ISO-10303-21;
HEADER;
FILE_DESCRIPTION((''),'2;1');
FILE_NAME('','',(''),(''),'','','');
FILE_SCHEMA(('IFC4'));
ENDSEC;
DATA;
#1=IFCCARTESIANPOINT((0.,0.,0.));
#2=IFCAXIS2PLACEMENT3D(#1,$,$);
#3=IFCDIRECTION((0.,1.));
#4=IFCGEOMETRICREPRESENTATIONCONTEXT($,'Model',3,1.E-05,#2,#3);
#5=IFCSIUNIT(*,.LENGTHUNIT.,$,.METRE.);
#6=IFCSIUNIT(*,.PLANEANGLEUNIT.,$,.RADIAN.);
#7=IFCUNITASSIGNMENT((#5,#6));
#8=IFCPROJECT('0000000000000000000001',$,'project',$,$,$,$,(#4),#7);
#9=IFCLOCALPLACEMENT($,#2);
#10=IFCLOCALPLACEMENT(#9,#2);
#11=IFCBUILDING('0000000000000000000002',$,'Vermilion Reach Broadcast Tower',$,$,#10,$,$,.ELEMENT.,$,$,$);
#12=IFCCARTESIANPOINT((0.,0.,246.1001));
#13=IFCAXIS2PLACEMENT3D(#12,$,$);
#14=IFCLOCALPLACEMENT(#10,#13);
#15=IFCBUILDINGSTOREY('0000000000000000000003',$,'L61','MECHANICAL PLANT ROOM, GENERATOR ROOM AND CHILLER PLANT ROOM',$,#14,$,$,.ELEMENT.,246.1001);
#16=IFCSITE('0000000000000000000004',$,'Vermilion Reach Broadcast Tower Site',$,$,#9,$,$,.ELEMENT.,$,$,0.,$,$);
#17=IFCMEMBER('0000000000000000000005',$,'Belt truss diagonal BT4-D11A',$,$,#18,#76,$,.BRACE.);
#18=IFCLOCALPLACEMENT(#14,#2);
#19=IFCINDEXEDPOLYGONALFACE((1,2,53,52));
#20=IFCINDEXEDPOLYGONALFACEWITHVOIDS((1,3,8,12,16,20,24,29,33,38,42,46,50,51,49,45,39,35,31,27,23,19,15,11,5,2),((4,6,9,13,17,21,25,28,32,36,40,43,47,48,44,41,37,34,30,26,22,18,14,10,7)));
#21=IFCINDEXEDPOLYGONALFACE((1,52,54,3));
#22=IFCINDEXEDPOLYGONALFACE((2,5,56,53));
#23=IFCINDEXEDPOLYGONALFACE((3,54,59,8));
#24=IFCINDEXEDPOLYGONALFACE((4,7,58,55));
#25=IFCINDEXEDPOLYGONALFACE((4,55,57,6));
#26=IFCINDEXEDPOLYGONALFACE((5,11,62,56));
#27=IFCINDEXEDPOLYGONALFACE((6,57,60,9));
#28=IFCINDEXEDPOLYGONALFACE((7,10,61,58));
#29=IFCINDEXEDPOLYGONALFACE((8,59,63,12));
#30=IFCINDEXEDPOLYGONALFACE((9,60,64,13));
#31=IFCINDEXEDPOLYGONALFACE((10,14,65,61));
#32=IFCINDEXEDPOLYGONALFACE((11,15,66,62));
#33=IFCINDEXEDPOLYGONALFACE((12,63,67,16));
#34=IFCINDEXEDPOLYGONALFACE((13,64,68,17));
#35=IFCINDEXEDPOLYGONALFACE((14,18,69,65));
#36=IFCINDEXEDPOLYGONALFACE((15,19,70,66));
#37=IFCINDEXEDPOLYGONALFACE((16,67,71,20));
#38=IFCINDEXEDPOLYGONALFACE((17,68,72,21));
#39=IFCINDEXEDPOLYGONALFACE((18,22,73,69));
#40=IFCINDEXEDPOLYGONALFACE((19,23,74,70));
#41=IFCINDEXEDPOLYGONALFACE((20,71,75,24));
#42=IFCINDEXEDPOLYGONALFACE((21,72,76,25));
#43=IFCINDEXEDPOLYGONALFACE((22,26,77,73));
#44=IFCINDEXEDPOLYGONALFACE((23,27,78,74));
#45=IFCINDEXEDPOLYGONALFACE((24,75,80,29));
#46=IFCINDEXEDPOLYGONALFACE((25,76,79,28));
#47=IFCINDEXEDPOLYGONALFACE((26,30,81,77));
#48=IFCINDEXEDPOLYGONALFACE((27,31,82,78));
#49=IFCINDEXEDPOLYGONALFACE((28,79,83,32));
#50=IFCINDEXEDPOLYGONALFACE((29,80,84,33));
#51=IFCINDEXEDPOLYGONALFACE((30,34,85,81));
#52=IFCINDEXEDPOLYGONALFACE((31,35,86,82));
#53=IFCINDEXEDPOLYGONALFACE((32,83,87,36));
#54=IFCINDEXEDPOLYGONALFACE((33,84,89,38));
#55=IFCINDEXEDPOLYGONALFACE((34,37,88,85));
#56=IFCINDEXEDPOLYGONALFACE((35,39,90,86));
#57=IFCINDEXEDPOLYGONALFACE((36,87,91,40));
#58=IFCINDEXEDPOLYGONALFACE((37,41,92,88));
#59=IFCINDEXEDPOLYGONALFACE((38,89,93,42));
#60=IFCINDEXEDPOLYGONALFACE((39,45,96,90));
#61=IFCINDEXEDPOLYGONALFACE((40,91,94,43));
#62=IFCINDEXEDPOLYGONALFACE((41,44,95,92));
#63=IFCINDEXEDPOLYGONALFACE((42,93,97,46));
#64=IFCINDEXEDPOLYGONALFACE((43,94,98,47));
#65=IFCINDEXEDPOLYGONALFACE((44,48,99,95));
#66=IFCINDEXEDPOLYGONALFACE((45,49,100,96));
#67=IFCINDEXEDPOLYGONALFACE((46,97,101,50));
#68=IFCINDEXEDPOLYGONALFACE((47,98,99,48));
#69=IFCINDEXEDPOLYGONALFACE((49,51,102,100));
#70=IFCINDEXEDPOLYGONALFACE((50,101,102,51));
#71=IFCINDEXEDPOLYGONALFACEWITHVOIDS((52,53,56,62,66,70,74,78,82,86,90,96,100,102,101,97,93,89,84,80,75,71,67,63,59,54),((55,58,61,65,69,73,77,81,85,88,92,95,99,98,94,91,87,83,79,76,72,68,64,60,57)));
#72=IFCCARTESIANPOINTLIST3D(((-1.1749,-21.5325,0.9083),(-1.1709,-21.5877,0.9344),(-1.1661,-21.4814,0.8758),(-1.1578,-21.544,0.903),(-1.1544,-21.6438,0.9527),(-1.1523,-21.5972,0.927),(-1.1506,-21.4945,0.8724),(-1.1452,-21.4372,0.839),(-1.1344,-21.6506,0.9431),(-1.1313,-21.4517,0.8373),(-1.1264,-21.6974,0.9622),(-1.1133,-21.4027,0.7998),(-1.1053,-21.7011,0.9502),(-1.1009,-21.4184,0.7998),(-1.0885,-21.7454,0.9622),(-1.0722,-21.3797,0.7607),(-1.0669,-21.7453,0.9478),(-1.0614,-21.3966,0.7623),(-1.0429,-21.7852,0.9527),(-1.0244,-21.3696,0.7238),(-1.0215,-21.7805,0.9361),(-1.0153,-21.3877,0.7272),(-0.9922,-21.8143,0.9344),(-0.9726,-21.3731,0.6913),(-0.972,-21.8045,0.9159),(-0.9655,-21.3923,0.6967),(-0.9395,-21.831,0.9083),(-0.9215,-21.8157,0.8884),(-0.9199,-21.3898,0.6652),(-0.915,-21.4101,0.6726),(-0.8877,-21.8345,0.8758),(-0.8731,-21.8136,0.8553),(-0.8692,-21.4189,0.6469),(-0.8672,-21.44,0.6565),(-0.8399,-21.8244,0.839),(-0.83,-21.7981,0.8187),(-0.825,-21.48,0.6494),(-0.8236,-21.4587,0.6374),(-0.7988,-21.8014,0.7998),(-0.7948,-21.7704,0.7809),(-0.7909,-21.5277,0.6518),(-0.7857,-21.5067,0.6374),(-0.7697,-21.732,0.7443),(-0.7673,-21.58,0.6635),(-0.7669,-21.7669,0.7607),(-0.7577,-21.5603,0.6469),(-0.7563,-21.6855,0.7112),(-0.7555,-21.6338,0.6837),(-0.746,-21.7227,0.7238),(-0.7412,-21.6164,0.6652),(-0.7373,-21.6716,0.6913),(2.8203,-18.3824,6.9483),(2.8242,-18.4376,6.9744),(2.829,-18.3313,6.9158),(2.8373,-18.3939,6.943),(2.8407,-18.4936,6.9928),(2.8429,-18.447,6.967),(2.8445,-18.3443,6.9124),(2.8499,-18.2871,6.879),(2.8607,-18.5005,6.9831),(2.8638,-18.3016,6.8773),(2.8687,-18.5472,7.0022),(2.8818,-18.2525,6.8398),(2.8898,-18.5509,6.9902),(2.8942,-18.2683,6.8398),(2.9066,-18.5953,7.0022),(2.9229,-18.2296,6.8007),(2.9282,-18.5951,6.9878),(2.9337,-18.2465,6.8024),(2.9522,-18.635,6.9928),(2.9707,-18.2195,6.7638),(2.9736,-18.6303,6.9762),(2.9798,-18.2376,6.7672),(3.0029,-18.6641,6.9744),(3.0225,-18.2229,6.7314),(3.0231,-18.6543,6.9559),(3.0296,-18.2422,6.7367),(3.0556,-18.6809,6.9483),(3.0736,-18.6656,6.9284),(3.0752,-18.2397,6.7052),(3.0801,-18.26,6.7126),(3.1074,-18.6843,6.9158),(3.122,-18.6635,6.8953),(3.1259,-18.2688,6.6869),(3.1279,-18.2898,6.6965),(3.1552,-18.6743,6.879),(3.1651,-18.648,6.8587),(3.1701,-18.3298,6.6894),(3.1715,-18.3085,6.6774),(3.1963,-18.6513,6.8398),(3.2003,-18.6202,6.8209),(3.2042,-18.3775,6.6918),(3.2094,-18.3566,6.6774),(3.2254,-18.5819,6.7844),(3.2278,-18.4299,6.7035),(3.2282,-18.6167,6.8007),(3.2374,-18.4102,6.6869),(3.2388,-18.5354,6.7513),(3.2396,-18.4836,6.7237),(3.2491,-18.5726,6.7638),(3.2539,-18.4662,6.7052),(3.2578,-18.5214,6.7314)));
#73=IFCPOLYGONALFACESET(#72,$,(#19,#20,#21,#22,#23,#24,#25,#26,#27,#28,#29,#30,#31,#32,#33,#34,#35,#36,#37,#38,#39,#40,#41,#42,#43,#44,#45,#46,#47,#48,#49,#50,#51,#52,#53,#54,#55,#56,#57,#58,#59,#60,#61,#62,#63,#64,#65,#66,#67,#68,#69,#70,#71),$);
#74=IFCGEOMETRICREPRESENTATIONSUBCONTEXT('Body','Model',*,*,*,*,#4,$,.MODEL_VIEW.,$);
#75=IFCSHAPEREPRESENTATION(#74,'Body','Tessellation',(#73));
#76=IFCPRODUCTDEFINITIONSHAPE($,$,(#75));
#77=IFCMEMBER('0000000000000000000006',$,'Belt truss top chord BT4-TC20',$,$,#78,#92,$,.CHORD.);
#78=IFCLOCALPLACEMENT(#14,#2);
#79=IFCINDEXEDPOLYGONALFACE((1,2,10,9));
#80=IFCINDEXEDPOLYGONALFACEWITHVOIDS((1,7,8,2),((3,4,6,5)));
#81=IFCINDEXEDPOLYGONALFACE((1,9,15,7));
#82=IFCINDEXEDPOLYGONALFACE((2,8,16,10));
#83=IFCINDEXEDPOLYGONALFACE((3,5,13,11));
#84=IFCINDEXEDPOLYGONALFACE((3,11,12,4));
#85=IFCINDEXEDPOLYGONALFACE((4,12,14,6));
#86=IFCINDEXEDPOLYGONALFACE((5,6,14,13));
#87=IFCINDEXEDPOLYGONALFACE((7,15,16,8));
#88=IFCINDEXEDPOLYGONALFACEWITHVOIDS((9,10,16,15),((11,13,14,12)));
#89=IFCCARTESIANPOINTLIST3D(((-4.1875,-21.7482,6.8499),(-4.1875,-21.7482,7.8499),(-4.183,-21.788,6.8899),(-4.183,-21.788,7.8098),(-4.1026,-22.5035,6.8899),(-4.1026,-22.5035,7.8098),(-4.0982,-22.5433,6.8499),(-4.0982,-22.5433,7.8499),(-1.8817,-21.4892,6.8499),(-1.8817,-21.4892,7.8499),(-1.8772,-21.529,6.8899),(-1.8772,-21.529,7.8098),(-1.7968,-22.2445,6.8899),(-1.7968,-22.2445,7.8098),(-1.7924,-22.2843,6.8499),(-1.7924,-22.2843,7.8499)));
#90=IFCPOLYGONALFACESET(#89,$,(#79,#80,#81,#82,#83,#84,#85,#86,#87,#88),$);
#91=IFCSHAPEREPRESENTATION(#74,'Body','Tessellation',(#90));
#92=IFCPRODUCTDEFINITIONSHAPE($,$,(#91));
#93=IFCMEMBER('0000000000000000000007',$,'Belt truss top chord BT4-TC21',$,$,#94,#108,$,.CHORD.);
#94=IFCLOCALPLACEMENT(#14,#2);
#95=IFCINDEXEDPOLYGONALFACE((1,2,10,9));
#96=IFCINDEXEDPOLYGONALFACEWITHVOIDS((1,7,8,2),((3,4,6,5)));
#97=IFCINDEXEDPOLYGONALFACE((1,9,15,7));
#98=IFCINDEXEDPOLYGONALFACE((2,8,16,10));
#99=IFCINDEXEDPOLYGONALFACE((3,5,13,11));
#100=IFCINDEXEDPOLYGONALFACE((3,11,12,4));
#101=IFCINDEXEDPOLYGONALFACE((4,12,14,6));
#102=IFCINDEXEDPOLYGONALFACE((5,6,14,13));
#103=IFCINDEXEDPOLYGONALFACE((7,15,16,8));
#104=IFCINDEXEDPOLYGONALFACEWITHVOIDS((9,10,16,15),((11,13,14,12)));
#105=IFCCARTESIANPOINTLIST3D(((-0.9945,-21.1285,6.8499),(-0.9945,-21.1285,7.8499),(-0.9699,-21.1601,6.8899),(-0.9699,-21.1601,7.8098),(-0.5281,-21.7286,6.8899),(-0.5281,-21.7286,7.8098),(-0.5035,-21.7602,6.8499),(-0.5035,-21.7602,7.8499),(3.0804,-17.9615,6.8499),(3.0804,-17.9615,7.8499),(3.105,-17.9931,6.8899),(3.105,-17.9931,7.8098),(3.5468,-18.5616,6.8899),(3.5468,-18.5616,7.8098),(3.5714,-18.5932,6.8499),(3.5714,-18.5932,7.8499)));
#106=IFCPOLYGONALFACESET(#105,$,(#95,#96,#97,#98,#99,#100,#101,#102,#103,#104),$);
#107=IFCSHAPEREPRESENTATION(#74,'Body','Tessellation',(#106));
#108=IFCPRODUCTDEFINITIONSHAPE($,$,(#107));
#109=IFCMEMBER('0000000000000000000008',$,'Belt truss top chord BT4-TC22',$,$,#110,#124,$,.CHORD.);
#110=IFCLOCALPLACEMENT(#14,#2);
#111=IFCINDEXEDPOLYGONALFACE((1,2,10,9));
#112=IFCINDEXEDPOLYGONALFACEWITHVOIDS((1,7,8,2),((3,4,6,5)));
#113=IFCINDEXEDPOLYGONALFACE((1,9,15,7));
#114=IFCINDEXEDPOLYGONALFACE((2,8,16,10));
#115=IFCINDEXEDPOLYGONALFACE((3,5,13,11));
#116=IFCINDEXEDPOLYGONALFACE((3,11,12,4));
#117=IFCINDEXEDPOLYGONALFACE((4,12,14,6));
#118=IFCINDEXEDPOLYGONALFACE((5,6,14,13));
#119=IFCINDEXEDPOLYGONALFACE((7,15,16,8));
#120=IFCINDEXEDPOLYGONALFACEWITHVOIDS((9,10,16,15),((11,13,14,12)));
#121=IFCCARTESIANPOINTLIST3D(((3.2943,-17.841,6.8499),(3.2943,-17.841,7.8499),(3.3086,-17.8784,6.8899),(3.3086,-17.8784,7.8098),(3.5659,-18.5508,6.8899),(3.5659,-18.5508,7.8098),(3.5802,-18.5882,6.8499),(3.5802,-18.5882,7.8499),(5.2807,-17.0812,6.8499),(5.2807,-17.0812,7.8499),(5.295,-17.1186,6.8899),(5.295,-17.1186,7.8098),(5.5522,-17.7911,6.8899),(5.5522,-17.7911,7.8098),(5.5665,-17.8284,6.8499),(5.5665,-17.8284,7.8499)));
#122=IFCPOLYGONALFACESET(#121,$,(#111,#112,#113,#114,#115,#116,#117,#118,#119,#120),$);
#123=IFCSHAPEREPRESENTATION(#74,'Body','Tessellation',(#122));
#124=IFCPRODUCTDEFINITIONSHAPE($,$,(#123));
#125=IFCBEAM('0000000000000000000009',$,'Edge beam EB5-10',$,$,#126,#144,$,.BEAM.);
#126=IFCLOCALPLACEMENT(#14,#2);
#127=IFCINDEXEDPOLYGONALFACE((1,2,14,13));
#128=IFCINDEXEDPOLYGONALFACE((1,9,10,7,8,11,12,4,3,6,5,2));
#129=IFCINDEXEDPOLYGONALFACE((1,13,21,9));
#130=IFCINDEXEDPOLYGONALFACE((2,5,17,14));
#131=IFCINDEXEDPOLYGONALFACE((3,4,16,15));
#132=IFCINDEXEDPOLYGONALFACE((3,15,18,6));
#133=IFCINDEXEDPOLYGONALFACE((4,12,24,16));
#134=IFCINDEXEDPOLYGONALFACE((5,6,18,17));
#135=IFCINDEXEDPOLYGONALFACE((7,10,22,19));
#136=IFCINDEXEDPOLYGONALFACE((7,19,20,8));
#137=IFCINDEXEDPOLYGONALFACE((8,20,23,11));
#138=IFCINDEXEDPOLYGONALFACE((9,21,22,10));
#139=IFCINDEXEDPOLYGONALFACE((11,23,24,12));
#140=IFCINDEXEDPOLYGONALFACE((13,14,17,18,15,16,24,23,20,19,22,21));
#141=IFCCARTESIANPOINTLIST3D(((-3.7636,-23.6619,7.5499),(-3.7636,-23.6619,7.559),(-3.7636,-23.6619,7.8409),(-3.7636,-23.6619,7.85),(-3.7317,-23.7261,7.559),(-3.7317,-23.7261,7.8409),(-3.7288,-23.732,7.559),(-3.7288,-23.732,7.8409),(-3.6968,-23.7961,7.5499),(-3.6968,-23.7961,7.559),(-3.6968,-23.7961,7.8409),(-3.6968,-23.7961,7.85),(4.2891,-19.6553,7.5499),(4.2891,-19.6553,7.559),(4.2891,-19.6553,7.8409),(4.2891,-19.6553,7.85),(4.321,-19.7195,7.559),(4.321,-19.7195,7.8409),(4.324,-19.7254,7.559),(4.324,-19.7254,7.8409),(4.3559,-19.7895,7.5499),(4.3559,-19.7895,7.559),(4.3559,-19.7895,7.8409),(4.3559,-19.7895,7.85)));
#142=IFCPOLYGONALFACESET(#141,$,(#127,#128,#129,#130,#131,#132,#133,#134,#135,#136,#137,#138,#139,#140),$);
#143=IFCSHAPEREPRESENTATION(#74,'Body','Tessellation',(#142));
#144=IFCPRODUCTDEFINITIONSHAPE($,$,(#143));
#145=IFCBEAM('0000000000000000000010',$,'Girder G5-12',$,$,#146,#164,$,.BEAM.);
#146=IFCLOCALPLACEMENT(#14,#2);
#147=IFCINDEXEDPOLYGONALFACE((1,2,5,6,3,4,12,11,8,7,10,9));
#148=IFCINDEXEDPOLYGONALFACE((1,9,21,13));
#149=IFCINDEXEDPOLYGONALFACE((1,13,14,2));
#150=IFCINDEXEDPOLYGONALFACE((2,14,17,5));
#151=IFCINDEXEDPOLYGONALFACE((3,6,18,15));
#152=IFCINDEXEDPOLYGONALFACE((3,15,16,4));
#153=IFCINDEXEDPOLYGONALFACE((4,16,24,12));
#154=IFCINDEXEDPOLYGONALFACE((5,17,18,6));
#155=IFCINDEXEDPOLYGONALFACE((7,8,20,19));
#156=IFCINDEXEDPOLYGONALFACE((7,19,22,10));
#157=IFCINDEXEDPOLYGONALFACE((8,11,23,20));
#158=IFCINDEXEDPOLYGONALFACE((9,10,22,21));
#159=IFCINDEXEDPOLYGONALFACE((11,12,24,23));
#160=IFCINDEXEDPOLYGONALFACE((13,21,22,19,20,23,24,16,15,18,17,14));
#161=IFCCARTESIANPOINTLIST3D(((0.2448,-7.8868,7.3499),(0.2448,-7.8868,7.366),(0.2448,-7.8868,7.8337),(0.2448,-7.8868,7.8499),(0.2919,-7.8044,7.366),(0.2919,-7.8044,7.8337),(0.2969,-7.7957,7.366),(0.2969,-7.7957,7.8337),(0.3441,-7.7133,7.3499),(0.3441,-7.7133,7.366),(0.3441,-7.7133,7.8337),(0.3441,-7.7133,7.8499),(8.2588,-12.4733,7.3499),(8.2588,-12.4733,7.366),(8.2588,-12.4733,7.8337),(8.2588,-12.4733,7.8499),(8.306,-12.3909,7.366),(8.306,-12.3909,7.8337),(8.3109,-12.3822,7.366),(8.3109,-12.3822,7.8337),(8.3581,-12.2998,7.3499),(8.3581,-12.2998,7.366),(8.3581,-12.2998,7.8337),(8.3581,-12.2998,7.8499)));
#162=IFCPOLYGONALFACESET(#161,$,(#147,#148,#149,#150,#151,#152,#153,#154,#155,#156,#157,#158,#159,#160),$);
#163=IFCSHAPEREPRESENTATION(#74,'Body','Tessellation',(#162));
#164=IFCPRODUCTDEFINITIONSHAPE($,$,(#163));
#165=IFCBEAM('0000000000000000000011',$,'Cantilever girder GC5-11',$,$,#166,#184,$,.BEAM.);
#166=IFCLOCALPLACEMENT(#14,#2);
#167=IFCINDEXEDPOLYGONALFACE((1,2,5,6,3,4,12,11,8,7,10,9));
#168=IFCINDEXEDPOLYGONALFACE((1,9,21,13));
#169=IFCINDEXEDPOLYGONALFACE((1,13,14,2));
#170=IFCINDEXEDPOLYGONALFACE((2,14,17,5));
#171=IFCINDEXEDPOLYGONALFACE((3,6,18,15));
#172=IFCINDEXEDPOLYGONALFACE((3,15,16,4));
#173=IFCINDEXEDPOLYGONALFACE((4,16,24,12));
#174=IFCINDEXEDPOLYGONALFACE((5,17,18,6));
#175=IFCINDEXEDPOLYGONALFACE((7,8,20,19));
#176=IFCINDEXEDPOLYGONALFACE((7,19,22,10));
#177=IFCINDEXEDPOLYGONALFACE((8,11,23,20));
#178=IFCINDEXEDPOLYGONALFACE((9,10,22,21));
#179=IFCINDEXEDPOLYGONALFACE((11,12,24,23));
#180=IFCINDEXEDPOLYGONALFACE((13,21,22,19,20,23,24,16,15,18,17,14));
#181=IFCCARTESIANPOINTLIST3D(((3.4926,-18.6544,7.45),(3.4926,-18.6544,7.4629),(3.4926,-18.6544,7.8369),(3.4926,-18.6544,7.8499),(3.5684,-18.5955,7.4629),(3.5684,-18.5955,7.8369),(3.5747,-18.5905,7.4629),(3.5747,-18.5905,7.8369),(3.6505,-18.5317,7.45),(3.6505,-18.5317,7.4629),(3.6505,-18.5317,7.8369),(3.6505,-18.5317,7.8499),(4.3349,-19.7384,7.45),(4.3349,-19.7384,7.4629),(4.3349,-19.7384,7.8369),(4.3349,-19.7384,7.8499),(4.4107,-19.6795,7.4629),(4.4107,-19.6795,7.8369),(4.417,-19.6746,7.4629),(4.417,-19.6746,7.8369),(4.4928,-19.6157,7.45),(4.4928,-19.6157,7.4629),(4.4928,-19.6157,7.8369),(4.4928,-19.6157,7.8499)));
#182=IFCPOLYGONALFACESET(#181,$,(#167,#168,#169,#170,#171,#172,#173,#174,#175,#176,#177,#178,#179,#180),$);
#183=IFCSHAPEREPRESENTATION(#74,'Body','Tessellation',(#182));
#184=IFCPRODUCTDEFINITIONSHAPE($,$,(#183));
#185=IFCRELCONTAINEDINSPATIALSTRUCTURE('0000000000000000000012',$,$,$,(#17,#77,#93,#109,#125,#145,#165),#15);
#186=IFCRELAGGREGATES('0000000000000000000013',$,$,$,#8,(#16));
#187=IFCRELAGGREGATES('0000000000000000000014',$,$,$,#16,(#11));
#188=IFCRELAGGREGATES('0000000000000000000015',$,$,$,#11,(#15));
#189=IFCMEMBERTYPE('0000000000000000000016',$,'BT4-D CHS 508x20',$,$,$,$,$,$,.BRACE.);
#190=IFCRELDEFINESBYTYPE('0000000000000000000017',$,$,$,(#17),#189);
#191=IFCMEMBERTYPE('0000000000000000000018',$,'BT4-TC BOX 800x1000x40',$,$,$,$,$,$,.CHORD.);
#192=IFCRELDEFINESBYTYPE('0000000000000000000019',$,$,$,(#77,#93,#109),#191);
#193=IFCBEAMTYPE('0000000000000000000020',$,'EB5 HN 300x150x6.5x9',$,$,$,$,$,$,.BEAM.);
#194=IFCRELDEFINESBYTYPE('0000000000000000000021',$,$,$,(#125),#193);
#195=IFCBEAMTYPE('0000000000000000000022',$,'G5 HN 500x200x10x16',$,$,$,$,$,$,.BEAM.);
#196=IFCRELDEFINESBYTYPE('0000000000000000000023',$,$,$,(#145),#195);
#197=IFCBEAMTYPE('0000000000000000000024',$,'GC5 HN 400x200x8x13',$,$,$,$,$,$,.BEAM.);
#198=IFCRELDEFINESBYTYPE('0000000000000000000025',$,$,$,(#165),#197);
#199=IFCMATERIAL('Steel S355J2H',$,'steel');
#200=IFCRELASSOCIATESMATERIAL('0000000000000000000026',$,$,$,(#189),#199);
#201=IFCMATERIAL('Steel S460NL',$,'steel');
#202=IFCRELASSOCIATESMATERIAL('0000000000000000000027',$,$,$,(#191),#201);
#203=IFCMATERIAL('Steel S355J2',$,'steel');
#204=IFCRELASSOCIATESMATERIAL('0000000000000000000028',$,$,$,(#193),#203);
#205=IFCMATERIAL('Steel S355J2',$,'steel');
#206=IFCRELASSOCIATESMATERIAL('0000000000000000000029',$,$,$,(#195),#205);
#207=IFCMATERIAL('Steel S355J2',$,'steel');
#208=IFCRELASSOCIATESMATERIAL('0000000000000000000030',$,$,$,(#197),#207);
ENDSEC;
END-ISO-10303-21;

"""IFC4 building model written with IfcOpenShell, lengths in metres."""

from ifc_helpers import new_model, si_unit, direction, frame, origin, origin_2d, place, context, subcontext, project, spatial, hollow_rectangle, hollow_circle, i_section, extrude, material, material_profile, profile_set, type_object, element, save


model = new_model("IFC4")

# Units and contexts
model_context = context("Model", 3, precision=1e-05, world=origin(), true_north=direction((0.0, 1.0)))
body_context = subcontext(model_context, "Body", "Model", "MODEL_VIEW")
ifc_project = project(units=[si_unit("LENGTHUNIT", "METRE"), si_unit("PLANEANGLEUNIT", "RADIAN")], contexts=[model_context])

# Site, building, storey
site_placement = place(None, origin())
site = spatial("IfcSite", under=ifc_project, at=site_placement, Name="Vermilion Reach Broadcast Tower Site", CompositionType="ELEMENT", RefElevation=0.0)
building_placement = place(site_placement, origin())
building = spatial("IfcBuilding", under=site, at=building_placement, Name="Vermilion Reach Broadcast Tower", CompositionType="ELEMENT")
storey_placement = place(building_placement, frame((0.0, 0.0, 246.1001)))
storey = spatial("IfcBuildingStorey", under=building, at=storey_placement, Name="L61", Description="MECHANICAL PLANT ROOM, GENERATOR ROOM AND CHILLER PLANT ROOM", CompositionType="ELEMENT", Elevation=246.1001)

# Members
ifc_material_1 = material(Name="Steel S355J2H", Category="steel")
ifc_material_profile_1 = material_profile(ifc_material_1, hollow_circle(Radius=0.2539, WallThickness=0.02, at=origin_2d()), Name="S355J2H CHS 508x20")
ifc_profile_set_1 = profile_set([ifc_material_profile_1], Name="Steel S355J2H")
member_type_1 = type_object("IfcMemberType", Name="BT4-D CHS 508x20", PredefinedType="BRACE", material=ifc_profile_set_1)
member_1_placement = place(storey_placement, frame((-0.9561, -21.6021, 0.7998), z_axis=(0.505888, 0.398892, 0.764829), x_axis=(-0.619173, 0.785255, 0.0)))
element("IfcMember", 1, at=member_1_placement, inside=storey, type_object=member_type_1, Name="Belt truss diagonal BT4-D11A", PredefinedType="BRACE", context=body_context, shape_type="SweptSolid", body=[
    extrude(hollow_circle(Radius=0.2539, WallThickness=0.02, at=origin_2d()), origin(), (0.0, 0.0, 1.0), 7.8972),
])
ifc_material_2 = material(Name="Steel S460NL", Category="steel")
ifc_material_profile_2 = material_profile(ifc_material_2, hollow_rectangle(XDim=0.8, YDim=1.0, WallThickness=0.04, at=origin_2d()), Name="S460NL BOX 800x1000x40")
ifc_profile_set_2 = profile_set([ifc_material_profile_2], Name="Steel S460NL")
member_type_2 = type_object("IfcMemberType", Name="BT4-TC BOX 800x1000x40", PredefinedType="CHORD", material=ifc_profile_set_2)
member_2_placement = place(storey_placement, frame((-4.1428, -22.1458, 7.3499), z_axis=(0.99375, 0.111632, 0.0), x_axis=(-0.111632, 0.99375, 0.0)))
element("IfcMember", 2, at=member_2_placement, inside=storey, type_object=member_type_2, Name="Belt truss top chord BT4-TC20", PredefinedType="CHORD", context=body_context, shape_type="SweptSolid", body=[
    extrude(hollow_rectangle(XDim=0.8, YDim=1.0, WallThickness=0.04, at=origin_2d()), origin(), (0.0, 0.0, 1.0), 2.3203),
])
member_3_placement = place(storey_placement, frame((-0.749, -21.4443, 7.3499), z_axis=(0.789579, 0.613649, 0.0), x_axis=(-0.613649, 0.789579, 0.0)))
element("IfcMember", 3, at=member_3_placement, inside=storey, type_object=member_type_2, Name="Belt truss top chord BT4-TC21", PredefinedType="CHORD", context=body_context, shape_type="SweptSolid", body=[
    extrude(hollow_rectangle(XDim=0.8, YDim=1.0, WallThickness=0.04, at=origin_2d()), origin(), (0.0, 0.0, 1.0), 5.1609),
])
member_4_placement = place(storey_placement, frame((3.4373, -18.2146, 7.3499), z_axis=(0.934007, 0.357255, 0.0), x_axis=(-0.357255, 0.934007, 0.0)))
element("IfcMember", 4, at=member_4_placement, inside=storey, type_object=member_type_2, Name="Belt truss top chord BT4-TC22", PredefinedType="CHORD", context=body_context, shape_type="SweptSolid", body=[
    extrude(hollow_rectangle(XDim=0.8, YDim=1.0, WallThickness=0.04, at=origin_2d()), origin(), (0.0, 0.0, 1.0), 2.1267),
])

# Beams
ifc_material_3 = material(Name="Steel S355J2", Category="steel")
ifc_material_profile_3 = material_profile(ifc_material_3, i_section(OverallWidth=0.1499, OverallDepth=0.3, WebThickness=0.0066, FlangeThickness=0.009, at=origin_2d()), Name="S355J2 HN 300x150x6.5x9")
ifc_profile_set_3 = profile_set([ifc_material_profile_3], Name="Steel S355J2")
beam_type_1 = type_object("IfcBeamType", Name="EB5 HN 300x150x6.5x9", PredefinedType="BEAM", material=ifc_profile_set_3)
beam_1_placement = place(storey_placement, frame((-3.7302, -23.729, 7.7), z_axis=(0.895305, 0.445454, 0.0), x_axis=(-0.445454, 0.895305, 0.0)))
element("IfcBeam", 5, at=beam_1_placement, inside=storey, type_object=beam_type_1, Name="Edge beam EB5-10", PredefinedType="BEAM", context=body_context, shape_type="SweptSolid", body=[
    extrude(i_section(OverallWidth=0.1499, OverallDepth=0.3, WebThickness=0.0066, FlangeThickness=0.009, at=origin_2d()), origin(), (0.0, 0.0, 1.0), 8.9944),
])
ifc_material_4 = material(Name="Steel S355J2", Category="steel")
ifc_material_profile_4 = material_profile(ifc_material_4, i_section(OverallWidth=0.2, OverallDepth=0.5, WebThickness=0.01, FlangeThickness=0.0161, at=origin_2d()), Name="S355J2 HN 500x200x10x16")
ifc_profile_set_4 = profile_set([ifc_material_profile_4], Name="Steel S355J2")
beam_type_2 = type_object("IfcBeamType", Name="G5 HN 500x200x10x16", PredefinedType="BEAM", material=ifc_profile_set_4)
beam_2_placement = place(storey_placement, frame((0.2944, -7.8, 7.5999), z_axis=(0.867914, -0.496714, 0.0), x_axis=(0.496714, 0.867914, 0.0)))
element("IfcBeam", 6, at=beam_2_placement, inside=storey, type_object=beam_type_2, Name="Girder G5-12", PredefinedType="BEAM", context=body_context, shape_type="SweptSolid", body=[
    extrude(i_section(OverallWidth=0.2, OverallDepth=0.5, WebThickness=0.01, FlangeThickness=0.0161, at=origin_2d()), origin(), (0.0, 0.0, 1.0), 9.2336),
])
ifc_material_5 = material(Name="Steel S355J2", Category="steel")
ifc_material_profile_5 = material_profile(ifc_material_5, i_section(OverallWidth=0.2, OverallDepth=0.3999, WebThickness=0.0081, FlangeThickness=0.0129, at=origin_2d()), Name="S355J2 HN 400x200x8x13")
ifc_profile_set_5 = profile_set([ifc_material_profile_5], Name="Steel S355J2")
beam_type_3 = type_object("IfcBeamType", Name="GC5 HN 400x200x8x13", PredefinedType="BEAM", material=ifc_profile_set_5)
beam_3_placement = place(storey_placement, frame((3.5715, -18.593, 7.6499), z_axis=(0.613571, -0.789639, 0.0), x_axis=(0.789639, 0.613571, 0.0)))
element("IfcBeam", 7, at=beam_3_placement, inside=storey, type_object=beam_type_3, Name="Cantilever girder GC5-11", PredefinedType="BEAM", context=body_context, shape_type="SweptSolid", body=[
    extrude(i_section(OverallWidth=0.2, OverallDepth=0.3999, WebThickness=0.0081, FlangeThickness=0.0129, at=origin_2d()), origin(), (0.0, 0.0, 1.0), 1.3728),
])

save(model, "model.ifc")
